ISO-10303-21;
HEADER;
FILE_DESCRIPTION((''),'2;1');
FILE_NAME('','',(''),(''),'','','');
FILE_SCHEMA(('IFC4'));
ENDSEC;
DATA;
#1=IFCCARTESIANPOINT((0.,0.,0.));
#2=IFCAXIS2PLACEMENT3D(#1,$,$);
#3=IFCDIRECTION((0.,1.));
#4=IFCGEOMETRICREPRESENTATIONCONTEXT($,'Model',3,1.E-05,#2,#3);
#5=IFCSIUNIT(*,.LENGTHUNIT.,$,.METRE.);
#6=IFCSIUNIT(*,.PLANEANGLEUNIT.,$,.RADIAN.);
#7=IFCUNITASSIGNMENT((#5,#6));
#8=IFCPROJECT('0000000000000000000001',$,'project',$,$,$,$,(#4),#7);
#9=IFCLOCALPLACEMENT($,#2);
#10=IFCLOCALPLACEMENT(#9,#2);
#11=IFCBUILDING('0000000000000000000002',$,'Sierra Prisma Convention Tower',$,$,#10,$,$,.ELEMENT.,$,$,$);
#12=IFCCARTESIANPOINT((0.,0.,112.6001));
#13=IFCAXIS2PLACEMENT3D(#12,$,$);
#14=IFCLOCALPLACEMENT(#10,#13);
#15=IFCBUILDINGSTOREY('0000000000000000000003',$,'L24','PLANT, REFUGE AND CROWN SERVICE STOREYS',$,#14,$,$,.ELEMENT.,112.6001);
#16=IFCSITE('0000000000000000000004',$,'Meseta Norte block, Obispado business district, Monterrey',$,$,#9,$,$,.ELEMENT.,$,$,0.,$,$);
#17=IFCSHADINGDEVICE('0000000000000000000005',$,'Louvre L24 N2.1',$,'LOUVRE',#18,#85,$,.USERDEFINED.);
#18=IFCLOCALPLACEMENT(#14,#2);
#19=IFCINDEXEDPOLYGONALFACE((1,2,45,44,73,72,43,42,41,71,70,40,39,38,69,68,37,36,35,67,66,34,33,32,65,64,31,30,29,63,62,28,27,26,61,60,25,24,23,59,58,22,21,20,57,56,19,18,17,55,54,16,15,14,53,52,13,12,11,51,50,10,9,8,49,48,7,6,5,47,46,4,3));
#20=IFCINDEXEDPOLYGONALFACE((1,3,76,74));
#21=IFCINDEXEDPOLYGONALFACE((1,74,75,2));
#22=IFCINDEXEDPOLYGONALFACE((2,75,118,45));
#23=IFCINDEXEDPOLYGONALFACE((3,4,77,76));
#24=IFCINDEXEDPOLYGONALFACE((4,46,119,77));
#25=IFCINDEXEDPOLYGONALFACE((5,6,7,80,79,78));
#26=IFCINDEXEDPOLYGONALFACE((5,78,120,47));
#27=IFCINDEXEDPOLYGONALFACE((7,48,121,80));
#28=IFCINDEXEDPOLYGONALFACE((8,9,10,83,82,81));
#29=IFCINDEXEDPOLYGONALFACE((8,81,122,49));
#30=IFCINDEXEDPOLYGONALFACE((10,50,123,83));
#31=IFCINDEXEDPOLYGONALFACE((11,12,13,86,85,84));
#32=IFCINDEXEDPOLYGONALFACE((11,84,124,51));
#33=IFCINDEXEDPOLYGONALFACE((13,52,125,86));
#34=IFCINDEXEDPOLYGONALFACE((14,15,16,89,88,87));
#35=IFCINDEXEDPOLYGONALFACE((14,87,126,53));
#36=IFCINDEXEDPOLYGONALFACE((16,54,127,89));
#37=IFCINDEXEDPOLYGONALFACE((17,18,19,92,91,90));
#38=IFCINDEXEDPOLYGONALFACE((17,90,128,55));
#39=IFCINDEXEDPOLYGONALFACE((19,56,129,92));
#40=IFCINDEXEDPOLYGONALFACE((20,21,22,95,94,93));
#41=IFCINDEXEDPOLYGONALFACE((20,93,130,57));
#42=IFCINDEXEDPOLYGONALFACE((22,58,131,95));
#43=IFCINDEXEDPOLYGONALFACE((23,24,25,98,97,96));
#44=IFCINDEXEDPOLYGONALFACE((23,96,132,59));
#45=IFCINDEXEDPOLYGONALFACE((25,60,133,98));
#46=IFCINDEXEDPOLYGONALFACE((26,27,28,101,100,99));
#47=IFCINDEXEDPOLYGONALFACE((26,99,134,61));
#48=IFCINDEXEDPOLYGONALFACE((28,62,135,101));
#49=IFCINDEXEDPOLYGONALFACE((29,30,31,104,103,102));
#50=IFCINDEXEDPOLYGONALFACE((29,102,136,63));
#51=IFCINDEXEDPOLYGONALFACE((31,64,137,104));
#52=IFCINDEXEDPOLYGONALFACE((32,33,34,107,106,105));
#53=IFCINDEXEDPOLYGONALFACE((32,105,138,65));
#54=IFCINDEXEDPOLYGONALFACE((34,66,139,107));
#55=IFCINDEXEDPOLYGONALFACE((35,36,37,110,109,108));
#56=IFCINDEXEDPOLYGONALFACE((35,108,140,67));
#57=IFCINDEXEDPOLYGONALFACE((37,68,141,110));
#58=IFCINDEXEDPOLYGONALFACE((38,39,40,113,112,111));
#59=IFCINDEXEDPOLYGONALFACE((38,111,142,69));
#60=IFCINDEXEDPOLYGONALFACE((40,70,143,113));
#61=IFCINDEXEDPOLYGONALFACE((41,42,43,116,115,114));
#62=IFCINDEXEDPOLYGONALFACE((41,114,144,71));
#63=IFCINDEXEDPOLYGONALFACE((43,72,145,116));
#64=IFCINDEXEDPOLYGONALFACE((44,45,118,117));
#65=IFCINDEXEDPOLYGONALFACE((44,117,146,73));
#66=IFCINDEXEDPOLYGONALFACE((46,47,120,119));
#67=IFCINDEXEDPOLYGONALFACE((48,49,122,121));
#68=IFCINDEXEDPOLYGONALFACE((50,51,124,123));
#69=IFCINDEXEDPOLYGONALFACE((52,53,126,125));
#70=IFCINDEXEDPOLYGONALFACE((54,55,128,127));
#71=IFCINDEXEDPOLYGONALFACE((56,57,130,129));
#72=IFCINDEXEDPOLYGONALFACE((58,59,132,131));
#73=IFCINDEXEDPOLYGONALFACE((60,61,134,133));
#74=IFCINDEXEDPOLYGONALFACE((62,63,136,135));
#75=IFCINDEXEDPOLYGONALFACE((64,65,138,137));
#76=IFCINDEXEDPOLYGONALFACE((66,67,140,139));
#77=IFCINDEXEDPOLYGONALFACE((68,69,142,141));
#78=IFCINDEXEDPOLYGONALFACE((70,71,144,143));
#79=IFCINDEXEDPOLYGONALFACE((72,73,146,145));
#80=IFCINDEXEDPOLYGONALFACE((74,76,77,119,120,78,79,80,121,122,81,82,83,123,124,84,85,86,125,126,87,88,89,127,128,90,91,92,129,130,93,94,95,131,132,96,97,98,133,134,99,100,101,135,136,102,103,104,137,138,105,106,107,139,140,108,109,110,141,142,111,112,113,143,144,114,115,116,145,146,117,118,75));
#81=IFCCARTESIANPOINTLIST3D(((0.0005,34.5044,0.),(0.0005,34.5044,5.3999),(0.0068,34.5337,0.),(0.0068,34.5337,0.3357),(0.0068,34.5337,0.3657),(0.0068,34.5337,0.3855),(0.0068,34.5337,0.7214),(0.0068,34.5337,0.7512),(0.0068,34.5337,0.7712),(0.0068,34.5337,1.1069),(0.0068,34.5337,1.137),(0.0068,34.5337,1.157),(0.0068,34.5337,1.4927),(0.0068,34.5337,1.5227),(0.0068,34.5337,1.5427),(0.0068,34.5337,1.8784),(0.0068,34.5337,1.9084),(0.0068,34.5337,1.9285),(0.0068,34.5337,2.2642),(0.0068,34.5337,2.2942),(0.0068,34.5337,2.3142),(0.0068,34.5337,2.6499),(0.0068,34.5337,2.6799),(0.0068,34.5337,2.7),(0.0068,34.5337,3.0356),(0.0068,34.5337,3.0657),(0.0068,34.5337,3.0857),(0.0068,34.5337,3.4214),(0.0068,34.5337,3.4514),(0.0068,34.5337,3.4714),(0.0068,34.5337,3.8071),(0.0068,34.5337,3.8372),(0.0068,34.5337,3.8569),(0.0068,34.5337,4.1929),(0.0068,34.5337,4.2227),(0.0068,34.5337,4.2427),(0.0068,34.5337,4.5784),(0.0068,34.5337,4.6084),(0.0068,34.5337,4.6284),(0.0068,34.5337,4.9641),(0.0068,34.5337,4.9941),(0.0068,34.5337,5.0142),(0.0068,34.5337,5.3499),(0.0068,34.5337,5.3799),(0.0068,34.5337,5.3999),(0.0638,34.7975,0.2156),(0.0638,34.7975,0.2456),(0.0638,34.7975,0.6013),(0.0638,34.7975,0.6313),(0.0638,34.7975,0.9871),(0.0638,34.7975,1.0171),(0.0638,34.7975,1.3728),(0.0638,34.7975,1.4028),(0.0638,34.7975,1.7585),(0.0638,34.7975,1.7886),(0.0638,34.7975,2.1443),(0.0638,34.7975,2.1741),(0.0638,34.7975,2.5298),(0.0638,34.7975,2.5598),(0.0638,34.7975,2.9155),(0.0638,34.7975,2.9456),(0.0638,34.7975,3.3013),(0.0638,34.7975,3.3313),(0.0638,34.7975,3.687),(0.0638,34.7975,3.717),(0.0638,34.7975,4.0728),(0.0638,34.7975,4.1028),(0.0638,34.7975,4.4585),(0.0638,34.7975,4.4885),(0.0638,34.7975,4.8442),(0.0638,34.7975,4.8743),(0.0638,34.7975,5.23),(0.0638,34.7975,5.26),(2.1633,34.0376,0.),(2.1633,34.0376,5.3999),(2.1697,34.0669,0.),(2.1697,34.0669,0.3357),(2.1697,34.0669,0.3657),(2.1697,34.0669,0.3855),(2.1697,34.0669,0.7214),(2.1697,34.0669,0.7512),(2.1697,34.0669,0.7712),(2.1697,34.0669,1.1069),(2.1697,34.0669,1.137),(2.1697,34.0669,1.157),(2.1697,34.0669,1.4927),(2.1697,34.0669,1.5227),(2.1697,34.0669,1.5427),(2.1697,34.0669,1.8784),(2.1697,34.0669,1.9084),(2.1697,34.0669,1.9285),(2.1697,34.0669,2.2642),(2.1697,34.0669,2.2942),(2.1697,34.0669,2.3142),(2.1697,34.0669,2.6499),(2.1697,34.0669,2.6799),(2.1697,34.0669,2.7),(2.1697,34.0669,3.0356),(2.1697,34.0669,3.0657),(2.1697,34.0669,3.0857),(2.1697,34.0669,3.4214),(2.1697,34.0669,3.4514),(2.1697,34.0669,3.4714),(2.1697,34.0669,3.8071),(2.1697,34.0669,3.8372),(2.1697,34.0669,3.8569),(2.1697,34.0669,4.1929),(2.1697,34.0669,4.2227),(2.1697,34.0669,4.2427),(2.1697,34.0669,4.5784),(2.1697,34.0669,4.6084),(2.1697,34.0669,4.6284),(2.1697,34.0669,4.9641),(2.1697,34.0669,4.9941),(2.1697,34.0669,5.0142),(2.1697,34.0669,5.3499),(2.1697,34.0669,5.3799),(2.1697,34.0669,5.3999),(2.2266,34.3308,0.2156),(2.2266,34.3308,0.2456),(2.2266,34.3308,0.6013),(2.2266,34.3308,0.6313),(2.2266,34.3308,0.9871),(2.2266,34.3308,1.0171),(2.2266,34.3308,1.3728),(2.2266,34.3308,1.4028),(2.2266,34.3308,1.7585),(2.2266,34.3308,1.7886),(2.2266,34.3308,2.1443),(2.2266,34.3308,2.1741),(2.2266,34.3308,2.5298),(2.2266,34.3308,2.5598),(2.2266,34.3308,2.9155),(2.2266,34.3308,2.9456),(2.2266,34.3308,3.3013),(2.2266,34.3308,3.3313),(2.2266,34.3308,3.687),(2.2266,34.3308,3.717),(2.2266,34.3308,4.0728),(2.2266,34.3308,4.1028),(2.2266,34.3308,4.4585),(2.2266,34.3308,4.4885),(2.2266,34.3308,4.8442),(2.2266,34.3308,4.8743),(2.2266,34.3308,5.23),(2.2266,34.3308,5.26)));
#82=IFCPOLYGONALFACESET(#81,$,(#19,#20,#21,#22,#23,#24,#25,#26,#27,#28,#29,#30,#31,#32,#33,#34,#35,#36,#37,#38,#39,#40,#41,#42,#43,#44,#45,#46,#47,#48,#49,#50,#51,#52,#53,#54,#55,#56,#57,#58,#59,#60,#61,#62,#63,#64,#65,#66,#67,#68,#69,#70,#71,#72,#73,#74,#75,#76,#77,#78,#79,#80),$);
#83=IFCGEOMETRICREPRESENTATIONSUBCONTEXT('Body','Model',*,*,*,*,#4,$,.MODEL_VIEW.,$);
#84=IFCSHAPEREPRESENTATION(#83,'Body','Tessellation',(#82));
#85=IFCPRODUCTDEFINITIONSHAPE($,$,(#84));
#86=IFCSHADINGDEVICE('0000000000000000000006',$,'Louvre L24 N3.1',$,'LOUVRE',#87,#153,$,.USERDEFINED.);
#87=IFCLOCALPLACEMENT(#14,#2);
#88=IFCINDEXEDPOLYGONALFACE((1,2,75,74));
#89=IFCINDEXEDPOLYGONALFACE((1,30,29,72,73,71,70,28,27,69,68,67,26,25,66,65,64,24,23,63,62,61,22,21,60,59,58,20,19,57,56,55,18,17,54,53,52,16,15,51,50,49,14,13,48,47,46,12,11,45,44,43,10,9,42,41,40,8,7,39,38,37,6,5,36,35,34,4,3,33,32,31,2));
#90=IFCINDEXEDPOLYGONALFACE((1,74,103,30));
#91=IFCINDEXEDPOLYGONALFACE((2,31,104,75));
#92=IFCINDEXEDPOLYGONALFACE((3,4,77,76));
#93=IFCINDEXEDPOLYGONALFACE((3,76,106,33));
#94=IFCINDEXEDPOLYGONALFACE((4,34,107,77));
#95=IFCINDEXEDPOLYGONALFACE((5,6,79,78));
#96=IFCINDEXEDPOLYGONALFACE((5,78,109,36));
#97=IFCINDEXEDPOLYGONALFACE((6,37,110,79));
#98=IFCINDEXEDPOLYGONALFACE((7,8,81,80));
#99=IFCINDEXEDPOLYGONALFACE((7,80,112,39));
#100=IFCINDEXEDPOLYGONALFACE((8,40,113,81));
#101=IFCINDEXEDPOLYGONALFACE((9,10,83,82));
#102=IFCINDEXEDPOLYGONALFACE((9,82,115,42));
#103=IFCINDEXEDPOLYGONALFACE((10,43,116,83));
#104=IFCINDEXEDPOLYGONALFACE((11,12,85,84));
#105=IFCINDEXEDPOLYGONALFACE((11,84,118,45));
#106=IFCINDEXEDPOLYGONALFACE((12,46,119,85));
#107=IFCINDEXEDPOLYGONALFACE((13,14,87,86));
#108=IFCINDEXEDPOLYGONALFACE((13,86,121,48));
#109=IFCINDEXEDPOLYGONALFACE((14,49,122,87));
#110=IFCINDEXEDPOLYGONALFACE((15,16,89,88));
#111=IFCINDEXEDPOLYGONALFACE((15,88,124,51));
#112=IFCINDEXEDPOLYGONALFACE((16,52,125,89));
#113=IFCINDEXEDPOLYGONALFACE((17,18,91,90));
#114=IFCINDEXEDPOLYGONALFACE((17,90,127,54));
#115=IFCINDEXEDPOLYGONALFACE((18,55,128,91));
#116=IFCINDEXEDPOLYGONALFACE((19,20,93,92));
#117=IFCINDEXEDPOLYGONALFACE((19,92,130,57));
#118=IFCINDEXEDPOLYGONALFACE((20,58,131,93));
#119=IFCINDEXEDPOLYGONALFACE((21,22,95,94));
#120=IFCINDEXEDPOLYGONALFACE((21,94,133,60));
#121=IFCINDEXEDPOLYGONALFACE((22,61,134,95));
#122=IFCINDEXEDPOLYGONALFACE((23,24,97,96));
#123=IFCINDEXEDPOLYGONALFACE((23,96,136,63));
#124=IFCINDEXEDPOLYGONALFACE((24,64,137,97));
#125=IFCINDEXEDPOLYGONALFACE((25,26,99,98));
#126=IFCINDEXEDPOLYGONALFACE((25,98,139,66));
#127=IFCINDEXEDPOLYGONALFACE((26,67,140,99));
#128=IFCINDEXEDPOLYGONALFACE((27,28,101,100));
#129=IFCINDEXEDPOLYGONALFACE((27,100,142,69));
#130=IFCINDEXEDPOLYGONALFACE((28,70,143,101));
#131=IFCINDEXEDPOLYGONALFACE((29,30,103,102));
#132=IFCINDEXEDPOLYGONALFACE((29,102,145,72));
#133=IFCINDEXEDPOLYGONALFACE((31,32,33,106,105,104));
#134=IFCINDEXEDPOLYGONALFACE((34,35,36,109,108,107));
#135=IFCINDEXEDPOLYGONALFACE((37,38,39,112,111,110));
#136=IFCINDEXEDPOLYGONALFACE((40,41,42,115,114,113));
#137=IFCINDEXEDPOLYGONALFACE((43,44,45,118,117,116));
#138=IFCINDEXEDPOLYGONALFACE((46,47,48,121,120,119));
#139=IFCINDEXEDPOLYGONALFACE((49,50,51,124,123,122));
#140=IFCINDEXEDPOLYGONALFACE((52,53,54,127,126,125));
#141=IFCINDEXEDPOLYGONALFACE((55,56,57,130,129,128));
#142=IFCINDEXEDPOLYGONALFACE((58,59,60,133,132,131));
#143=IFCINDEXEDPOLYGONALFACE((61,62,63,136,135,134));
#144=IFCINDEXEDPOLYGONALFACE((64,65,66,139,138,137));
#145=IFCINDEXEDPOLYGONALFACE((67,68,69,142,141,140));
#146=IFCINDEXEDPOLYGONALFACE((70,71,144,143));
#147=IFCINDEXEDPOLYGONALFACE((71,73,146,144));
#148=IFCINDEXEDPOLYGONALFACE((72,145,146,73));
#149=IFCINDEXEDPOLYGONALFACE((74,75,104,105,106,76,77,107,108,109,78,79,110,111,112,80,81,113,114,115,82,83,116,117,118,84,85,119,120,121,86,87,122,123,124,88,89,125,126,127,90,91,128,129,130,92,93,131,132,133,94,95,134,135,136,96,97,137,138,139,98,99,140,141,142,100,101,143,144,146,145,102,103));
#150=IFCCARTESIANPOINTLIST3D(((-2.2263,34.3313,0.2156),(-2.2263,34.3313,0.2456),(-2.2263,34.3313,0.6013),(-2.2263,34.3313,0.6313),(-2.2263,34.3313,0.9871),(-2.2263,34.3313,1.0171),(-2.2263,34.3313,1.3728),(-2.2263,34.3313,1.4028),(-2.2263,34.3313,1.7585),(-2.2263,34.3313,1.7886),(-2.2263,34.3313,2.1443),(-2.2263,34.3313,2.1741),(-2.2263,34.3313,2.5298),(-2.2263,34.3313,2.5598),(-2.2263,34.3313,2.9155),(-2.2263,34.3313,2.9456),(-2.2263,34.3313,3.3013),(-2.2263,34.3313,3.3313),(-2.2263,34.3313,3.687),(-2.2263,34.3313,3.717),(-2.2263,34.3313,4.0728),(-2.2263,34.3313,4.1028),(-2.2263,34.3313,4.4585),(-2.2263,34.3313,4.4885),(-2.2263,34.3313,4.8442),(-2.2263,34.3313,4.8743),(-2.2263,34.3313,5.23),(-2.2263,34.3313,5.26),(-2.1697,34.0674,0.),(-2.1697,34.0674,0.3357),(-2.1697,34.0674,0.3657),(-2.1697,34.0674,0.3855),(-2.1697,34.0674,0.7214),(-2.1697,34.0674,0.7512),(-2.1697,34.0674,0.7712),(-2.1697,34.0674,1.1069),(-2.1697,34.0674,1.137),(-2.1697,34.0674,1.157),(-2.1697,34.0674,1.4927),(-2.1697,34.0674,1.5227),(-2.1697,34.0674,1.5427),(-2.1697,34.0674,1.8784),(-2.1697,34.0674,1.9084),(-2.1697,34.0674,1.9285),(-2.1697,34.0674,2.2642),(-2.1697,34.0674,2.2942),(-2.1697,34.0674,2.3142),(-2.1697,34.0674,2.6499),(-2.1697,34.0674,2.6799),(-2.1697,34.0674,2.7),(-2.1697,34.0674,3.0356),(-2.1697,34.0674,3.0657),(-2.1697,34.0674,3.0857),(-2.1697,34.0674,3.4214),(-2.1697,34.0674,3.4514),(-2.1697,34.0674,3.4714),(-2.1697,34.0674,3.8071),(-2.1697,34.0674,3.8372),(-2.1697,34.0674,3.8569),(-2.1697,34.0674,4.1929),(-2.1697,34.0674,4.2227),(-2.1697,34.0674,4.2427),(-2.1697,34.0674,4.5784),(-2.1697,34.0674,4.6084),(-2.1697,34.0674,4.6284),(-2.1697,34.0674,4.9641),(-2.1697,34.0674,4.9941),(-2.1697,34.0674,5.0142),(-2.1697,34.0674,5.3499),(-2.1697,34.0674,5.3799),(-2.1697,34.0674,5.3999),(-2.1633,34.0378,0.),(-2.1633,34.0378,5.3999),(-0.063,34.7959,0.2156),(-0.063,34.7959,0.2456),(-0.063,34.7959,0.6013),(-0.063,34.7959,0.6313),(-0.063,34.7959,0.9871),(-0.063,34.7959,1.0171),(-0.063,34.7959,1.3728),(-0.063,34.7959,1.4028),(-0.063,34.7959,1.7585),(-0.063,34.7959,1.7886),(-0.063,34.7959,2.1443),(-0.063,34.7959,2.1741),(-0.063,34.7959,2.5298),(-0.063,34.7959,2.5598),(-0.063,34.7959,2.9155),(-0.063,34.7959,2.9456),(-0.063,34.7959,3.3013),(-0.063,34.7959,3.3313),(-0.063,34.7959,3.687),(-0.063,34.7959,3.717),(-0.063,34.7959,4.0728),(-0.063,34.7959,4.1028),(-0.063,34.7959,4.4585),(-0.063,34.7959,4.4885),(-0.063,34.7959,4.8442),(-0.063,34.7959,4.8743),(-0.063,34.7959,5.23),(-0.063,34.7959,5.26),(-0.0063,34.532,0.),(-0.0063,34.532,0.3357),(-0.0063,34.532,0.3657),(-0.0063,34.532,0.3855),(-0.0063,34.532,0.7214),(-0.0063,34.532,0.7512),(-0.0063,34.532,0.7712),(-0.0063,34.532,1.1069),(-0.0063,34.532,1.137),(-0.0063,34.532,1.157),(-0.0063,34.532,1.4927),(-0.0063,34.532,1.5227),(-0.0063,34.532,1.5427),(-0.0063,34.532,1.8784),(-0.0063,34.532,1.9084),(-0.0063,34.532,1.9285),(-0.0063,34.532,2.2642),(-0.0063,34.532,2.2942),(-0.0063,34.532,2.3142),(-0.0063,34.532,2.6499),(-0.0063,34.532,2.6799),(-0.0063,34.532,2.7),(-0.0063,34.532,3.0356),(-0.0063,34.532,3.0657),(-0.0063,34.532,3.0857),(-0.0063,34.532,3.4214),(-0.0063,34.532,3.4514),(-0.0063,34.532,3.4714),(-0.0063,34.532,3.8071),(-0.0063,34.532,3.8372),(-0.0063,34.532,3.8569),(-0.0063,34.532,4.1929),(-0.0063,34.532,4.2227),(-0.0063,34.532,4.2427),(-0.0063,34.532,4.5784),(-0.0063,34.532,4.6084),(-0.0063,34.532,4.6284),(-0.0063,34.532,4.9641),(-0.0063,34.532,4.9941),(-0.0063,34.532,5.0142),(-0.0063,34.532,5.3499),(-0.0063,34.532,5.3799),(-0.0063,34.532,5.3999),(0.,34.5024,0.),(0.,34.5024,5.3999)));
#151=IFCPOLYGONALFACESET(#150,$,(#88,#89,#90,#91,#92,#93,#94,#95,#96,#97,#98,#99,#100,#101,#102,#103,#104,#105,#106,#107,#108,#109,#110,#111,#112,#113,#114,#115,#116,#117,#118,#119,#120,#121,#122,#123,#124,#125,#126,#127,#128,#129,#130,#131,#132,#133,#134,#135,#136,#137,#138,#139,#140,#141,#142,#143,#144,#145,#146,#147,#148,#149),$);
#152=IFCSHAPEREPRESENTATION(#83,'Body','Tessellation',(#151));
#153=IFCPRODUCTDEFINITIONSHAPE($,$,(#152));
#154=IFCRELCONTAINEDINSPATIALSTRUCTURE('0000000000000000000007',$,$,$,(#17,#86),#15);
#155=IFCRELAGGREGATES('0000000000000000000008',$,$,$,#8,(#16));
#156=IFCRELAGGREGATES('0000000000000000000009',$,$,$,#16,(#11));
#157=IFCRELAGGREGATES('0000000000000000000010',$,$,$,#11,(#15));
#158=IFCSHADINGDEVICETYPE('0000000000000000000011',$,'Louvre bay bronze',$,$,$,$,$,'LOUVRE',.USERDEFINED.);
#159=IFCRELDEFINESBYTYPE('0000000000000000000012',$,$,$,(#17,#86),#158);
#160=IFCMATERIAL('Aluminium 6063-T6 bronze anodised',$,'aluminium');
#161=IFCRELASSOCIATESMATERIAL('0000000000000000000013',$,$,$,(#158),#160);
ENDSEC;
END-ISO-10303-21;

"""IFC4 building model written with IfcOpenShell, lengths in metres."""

from ifc_helpers import new_model, si_unit, direction, frame, origin, place, context, subcontext, project, spatial, polyline, outline, extrude, material, type_object, element, save


model = new_model("IFC4")

# Units and contexts
model_context = context("Model", 3, precision=1e-05, world=origin(), true_north=direction((0.0, 1.0)))
body_context = subcontext(model_context, "Body", "Model", "MODEL_VIEW")
ifc_project = project(units=[si_unit("LENGTHUNIT", "METRE"), si_unit("PLANEANGLEUNIT", "RADIAN")], contexts=[model_context])

# Site, building, storey
site_placement = place(None, origin())
site = spatial("IfcSite", under=ifc_project, at=site_placement, Name="Meseta Norte block, Obispado business district, Monterrey", CompositionType="ELEMENT", RefElevation=0.0)
building_placement = place(site_placement, origin())
building = spatial("IfcBuilding", under=site, at=building_placement, Name="Sierra Prisma Convention Tower", CompositionType="ELEMENT")
storey_placement = place(building_placement, frame((0.0, 0.0, 112.6001)))
storey = spatial("IfcBuildingStorey", under=building, at=storey_placement, Name="L24", Description="PLANT, REFUGE AND CROWN SERVICE STOREYS", CompositionType="ELEMENT", Elevation=112.6001)

# Shading devices
ifc_material_1 = material(Name="Aluminium 6063-T6 bronze anodised", Category="aluminium")
shading_device_type = type_object("IfcShadingDeviceType", Name="Louvre bay bronze", ElementType="LOUVRE", PredefinedType="USERDEFINED", material=ifc_material_1)
shading_device_1_placement = place(storey_placement, frame((2.1633, 34.0376, 0.0), z_axis=(0.977494, -0.210964, 0.0), x_axis=(0.0, 0.0, 1.0)))
element("IfcShadingDevice", 1, at=shading_device_1_placement, inside=storey, type_object=shading_device_type, Name="Louvre L24 N2.1", ObjectType="LOUVRE", PredefinedType="USERDEFINED", context=body_context, shape_type="SweptSolid", body=[
    extrude(outline(polyline([(0.0, 0.0), (5.3999, 0.0), (5.3999, -0.03), (5.3799, -0.03), (5.26, -0.2999), (5.23, -0.2999), (5.3499, -0.03), (5.0142, -0.03), (4.9941, -0.03), (4.8743, -0.2999), (4.8442, -0.2999), (4.9641, -0.03), (4.6284, -0.03), (4.6084, -0.03), (4.4885, -0.2999), (4.4585, -0.2999), (4.5784, -0.03), (4.2427, -0.03), (4.2227, -0.03), (4.1028, -0.2999), (4.0728, -0.2999), (4.1929, -0.03), (3.8569, -0.03), (3.8372, -0.03), (3.717, -0.2999), (3.687, -0.2999), (3.8071, -0.03), (3.4714, -0.03), (3.4514, -0.03), (3.3313, -0.2999), (3.3013, -0.2999), (3.4214, -0.03), (3.0857, -0.03), (3.0657, -0.03), (2.9456, -0.2999), (2.9155, -0.2999), (3.0356, -0.03), (2.7, -0.03), (2.6799, -0.03), (2.5598, -0.2999), (2.5298, -0.2999), (2.6499, -0.03), (2.3142, -0.03), (2.2942, -0.03), (2.1741, -0.2999), (2.1443, -0.2999), (2.2642, -0.03), (1.9285, -0.03), (1.9084, -0.03), (1.7886, -0.2999), (1.7585, -0.2999), (1.8784, -0.03), (1.5427, -0.03), (1.5227, -0.03), (1.4028, -0.2999), (1.3728, -0.2999), (1.4927, -0.03), (1.157, -0.03), (1.137, -0.03), (1.0171, -0.2999), (0.9871, -0.2999), (1.1069, -0.03), (0.7712, -0.03), (0.7512, -0.03), (0.6313, -0.2999), (0.6013, -0.2999), (0.7214, -0.03), (0.3855, -0.03), (0.3657, -0.03), (0.2456, -0.2999), (0.2156, -0.2999), (0.3357, -0.03), (0.0, -0.03), (0.0, 0.0)])), origin(), (0.0, 0.0, -1.0), 2.2126),
])
shading_device_2_placement = place(storey_placement, frame((0.0, 34.5024, 0.0), z_axis=(0.977705, 0.209981, 0.0), x_axis=(0.0, 0.0, 1.0)))
element("IfcShadingDevice", 2, at=shading_device_2_placement, inside=storey, type_object=shading_device_type, Name="Louvre L24 N3.1", ObjectType="LOUVRE", PredefinedType="USERDEFINED", context=body_context, shape_type="SweptSolid", body=[
    extrude(outline(polyline([(0.0, 0.0), (5.3999, 0.0), (5.3999, -0.0302), (5.3799, -0.0302), (5.26, -0.3001), (5.23, -0.3001), (5.3499, -0.0302), (5.0142, -0.0302), (4.9941, -0.0302), (4.8743, -0.3001), (4.8442, -0.3001), (4.9641, -0.0302), (4.6284, -0.0302), (4.6084, -0.0302), (4.4885, -0.3001), (4.4585, -0.3001), (4.5784, -0.0302), (4.2427, -0.0302), (4.2227, -0.0302), (4.1028, -0.3001), (4.0728, -0.3001), (4.1929, -0.0302), (3.8569, -0.0302), (3.8372, -0.0302), (3.717, -0.3001), (3.687, -0.3001), (3.8071, -0.0302), (3.4714, -0.0302), (3.4514, -0.0302), (3.3313, -0.3001), (3.3013, -0.3001), (3.4214, -0.0302), (3.0857, -0.0302), (3.0657, -0.0302), (2.9456, -0.3001), (2.9155, -0.3001), (3.0356, -0.0302), (2.7, -0.0302), (2.6799, -0.0302), (2.5598, -0.3001), (2.5298, -0.3001), (2.6499, -0.0302), (2.3142, -0.0302), (2.2942, -0.0302), (2.1741, -0.3001), (2.1443, -0.3001), (2.2642, -0.0302), (1.9285, -0.0302), (1.9084, -0.0302), (1.7886, -0.3001), (1.7585, -0.3001), (1.8784, -0.0302), (1.5427, -0.0302), (1.5227, -0.0302), (1.4028, -0.3001), (1.3728, -0.3001), (1.4927, -0.0302), (1.157, -0.0302), (1.137, -0.0302), (1.0171, -0.3001), (0.9871, -0.3001), (1.1069, -0.0302), (0.7712, -0.0302), (0.7512, -0.0302), (0.6313, -0.3001), (0.6013, -0.3001), (0.7214, -0.0302), (0.3855, -0.0302), (0.3657, -0.0302), (0.2456, -0.3001), (0.2156, -0.3001), (0.3357, -0.0302), (0.0, -0.0302), (0.0, 0.0)])), origin(), (0.0, 0.0, -1.0), 2.2126),
])

save(model, "model.ifc")
